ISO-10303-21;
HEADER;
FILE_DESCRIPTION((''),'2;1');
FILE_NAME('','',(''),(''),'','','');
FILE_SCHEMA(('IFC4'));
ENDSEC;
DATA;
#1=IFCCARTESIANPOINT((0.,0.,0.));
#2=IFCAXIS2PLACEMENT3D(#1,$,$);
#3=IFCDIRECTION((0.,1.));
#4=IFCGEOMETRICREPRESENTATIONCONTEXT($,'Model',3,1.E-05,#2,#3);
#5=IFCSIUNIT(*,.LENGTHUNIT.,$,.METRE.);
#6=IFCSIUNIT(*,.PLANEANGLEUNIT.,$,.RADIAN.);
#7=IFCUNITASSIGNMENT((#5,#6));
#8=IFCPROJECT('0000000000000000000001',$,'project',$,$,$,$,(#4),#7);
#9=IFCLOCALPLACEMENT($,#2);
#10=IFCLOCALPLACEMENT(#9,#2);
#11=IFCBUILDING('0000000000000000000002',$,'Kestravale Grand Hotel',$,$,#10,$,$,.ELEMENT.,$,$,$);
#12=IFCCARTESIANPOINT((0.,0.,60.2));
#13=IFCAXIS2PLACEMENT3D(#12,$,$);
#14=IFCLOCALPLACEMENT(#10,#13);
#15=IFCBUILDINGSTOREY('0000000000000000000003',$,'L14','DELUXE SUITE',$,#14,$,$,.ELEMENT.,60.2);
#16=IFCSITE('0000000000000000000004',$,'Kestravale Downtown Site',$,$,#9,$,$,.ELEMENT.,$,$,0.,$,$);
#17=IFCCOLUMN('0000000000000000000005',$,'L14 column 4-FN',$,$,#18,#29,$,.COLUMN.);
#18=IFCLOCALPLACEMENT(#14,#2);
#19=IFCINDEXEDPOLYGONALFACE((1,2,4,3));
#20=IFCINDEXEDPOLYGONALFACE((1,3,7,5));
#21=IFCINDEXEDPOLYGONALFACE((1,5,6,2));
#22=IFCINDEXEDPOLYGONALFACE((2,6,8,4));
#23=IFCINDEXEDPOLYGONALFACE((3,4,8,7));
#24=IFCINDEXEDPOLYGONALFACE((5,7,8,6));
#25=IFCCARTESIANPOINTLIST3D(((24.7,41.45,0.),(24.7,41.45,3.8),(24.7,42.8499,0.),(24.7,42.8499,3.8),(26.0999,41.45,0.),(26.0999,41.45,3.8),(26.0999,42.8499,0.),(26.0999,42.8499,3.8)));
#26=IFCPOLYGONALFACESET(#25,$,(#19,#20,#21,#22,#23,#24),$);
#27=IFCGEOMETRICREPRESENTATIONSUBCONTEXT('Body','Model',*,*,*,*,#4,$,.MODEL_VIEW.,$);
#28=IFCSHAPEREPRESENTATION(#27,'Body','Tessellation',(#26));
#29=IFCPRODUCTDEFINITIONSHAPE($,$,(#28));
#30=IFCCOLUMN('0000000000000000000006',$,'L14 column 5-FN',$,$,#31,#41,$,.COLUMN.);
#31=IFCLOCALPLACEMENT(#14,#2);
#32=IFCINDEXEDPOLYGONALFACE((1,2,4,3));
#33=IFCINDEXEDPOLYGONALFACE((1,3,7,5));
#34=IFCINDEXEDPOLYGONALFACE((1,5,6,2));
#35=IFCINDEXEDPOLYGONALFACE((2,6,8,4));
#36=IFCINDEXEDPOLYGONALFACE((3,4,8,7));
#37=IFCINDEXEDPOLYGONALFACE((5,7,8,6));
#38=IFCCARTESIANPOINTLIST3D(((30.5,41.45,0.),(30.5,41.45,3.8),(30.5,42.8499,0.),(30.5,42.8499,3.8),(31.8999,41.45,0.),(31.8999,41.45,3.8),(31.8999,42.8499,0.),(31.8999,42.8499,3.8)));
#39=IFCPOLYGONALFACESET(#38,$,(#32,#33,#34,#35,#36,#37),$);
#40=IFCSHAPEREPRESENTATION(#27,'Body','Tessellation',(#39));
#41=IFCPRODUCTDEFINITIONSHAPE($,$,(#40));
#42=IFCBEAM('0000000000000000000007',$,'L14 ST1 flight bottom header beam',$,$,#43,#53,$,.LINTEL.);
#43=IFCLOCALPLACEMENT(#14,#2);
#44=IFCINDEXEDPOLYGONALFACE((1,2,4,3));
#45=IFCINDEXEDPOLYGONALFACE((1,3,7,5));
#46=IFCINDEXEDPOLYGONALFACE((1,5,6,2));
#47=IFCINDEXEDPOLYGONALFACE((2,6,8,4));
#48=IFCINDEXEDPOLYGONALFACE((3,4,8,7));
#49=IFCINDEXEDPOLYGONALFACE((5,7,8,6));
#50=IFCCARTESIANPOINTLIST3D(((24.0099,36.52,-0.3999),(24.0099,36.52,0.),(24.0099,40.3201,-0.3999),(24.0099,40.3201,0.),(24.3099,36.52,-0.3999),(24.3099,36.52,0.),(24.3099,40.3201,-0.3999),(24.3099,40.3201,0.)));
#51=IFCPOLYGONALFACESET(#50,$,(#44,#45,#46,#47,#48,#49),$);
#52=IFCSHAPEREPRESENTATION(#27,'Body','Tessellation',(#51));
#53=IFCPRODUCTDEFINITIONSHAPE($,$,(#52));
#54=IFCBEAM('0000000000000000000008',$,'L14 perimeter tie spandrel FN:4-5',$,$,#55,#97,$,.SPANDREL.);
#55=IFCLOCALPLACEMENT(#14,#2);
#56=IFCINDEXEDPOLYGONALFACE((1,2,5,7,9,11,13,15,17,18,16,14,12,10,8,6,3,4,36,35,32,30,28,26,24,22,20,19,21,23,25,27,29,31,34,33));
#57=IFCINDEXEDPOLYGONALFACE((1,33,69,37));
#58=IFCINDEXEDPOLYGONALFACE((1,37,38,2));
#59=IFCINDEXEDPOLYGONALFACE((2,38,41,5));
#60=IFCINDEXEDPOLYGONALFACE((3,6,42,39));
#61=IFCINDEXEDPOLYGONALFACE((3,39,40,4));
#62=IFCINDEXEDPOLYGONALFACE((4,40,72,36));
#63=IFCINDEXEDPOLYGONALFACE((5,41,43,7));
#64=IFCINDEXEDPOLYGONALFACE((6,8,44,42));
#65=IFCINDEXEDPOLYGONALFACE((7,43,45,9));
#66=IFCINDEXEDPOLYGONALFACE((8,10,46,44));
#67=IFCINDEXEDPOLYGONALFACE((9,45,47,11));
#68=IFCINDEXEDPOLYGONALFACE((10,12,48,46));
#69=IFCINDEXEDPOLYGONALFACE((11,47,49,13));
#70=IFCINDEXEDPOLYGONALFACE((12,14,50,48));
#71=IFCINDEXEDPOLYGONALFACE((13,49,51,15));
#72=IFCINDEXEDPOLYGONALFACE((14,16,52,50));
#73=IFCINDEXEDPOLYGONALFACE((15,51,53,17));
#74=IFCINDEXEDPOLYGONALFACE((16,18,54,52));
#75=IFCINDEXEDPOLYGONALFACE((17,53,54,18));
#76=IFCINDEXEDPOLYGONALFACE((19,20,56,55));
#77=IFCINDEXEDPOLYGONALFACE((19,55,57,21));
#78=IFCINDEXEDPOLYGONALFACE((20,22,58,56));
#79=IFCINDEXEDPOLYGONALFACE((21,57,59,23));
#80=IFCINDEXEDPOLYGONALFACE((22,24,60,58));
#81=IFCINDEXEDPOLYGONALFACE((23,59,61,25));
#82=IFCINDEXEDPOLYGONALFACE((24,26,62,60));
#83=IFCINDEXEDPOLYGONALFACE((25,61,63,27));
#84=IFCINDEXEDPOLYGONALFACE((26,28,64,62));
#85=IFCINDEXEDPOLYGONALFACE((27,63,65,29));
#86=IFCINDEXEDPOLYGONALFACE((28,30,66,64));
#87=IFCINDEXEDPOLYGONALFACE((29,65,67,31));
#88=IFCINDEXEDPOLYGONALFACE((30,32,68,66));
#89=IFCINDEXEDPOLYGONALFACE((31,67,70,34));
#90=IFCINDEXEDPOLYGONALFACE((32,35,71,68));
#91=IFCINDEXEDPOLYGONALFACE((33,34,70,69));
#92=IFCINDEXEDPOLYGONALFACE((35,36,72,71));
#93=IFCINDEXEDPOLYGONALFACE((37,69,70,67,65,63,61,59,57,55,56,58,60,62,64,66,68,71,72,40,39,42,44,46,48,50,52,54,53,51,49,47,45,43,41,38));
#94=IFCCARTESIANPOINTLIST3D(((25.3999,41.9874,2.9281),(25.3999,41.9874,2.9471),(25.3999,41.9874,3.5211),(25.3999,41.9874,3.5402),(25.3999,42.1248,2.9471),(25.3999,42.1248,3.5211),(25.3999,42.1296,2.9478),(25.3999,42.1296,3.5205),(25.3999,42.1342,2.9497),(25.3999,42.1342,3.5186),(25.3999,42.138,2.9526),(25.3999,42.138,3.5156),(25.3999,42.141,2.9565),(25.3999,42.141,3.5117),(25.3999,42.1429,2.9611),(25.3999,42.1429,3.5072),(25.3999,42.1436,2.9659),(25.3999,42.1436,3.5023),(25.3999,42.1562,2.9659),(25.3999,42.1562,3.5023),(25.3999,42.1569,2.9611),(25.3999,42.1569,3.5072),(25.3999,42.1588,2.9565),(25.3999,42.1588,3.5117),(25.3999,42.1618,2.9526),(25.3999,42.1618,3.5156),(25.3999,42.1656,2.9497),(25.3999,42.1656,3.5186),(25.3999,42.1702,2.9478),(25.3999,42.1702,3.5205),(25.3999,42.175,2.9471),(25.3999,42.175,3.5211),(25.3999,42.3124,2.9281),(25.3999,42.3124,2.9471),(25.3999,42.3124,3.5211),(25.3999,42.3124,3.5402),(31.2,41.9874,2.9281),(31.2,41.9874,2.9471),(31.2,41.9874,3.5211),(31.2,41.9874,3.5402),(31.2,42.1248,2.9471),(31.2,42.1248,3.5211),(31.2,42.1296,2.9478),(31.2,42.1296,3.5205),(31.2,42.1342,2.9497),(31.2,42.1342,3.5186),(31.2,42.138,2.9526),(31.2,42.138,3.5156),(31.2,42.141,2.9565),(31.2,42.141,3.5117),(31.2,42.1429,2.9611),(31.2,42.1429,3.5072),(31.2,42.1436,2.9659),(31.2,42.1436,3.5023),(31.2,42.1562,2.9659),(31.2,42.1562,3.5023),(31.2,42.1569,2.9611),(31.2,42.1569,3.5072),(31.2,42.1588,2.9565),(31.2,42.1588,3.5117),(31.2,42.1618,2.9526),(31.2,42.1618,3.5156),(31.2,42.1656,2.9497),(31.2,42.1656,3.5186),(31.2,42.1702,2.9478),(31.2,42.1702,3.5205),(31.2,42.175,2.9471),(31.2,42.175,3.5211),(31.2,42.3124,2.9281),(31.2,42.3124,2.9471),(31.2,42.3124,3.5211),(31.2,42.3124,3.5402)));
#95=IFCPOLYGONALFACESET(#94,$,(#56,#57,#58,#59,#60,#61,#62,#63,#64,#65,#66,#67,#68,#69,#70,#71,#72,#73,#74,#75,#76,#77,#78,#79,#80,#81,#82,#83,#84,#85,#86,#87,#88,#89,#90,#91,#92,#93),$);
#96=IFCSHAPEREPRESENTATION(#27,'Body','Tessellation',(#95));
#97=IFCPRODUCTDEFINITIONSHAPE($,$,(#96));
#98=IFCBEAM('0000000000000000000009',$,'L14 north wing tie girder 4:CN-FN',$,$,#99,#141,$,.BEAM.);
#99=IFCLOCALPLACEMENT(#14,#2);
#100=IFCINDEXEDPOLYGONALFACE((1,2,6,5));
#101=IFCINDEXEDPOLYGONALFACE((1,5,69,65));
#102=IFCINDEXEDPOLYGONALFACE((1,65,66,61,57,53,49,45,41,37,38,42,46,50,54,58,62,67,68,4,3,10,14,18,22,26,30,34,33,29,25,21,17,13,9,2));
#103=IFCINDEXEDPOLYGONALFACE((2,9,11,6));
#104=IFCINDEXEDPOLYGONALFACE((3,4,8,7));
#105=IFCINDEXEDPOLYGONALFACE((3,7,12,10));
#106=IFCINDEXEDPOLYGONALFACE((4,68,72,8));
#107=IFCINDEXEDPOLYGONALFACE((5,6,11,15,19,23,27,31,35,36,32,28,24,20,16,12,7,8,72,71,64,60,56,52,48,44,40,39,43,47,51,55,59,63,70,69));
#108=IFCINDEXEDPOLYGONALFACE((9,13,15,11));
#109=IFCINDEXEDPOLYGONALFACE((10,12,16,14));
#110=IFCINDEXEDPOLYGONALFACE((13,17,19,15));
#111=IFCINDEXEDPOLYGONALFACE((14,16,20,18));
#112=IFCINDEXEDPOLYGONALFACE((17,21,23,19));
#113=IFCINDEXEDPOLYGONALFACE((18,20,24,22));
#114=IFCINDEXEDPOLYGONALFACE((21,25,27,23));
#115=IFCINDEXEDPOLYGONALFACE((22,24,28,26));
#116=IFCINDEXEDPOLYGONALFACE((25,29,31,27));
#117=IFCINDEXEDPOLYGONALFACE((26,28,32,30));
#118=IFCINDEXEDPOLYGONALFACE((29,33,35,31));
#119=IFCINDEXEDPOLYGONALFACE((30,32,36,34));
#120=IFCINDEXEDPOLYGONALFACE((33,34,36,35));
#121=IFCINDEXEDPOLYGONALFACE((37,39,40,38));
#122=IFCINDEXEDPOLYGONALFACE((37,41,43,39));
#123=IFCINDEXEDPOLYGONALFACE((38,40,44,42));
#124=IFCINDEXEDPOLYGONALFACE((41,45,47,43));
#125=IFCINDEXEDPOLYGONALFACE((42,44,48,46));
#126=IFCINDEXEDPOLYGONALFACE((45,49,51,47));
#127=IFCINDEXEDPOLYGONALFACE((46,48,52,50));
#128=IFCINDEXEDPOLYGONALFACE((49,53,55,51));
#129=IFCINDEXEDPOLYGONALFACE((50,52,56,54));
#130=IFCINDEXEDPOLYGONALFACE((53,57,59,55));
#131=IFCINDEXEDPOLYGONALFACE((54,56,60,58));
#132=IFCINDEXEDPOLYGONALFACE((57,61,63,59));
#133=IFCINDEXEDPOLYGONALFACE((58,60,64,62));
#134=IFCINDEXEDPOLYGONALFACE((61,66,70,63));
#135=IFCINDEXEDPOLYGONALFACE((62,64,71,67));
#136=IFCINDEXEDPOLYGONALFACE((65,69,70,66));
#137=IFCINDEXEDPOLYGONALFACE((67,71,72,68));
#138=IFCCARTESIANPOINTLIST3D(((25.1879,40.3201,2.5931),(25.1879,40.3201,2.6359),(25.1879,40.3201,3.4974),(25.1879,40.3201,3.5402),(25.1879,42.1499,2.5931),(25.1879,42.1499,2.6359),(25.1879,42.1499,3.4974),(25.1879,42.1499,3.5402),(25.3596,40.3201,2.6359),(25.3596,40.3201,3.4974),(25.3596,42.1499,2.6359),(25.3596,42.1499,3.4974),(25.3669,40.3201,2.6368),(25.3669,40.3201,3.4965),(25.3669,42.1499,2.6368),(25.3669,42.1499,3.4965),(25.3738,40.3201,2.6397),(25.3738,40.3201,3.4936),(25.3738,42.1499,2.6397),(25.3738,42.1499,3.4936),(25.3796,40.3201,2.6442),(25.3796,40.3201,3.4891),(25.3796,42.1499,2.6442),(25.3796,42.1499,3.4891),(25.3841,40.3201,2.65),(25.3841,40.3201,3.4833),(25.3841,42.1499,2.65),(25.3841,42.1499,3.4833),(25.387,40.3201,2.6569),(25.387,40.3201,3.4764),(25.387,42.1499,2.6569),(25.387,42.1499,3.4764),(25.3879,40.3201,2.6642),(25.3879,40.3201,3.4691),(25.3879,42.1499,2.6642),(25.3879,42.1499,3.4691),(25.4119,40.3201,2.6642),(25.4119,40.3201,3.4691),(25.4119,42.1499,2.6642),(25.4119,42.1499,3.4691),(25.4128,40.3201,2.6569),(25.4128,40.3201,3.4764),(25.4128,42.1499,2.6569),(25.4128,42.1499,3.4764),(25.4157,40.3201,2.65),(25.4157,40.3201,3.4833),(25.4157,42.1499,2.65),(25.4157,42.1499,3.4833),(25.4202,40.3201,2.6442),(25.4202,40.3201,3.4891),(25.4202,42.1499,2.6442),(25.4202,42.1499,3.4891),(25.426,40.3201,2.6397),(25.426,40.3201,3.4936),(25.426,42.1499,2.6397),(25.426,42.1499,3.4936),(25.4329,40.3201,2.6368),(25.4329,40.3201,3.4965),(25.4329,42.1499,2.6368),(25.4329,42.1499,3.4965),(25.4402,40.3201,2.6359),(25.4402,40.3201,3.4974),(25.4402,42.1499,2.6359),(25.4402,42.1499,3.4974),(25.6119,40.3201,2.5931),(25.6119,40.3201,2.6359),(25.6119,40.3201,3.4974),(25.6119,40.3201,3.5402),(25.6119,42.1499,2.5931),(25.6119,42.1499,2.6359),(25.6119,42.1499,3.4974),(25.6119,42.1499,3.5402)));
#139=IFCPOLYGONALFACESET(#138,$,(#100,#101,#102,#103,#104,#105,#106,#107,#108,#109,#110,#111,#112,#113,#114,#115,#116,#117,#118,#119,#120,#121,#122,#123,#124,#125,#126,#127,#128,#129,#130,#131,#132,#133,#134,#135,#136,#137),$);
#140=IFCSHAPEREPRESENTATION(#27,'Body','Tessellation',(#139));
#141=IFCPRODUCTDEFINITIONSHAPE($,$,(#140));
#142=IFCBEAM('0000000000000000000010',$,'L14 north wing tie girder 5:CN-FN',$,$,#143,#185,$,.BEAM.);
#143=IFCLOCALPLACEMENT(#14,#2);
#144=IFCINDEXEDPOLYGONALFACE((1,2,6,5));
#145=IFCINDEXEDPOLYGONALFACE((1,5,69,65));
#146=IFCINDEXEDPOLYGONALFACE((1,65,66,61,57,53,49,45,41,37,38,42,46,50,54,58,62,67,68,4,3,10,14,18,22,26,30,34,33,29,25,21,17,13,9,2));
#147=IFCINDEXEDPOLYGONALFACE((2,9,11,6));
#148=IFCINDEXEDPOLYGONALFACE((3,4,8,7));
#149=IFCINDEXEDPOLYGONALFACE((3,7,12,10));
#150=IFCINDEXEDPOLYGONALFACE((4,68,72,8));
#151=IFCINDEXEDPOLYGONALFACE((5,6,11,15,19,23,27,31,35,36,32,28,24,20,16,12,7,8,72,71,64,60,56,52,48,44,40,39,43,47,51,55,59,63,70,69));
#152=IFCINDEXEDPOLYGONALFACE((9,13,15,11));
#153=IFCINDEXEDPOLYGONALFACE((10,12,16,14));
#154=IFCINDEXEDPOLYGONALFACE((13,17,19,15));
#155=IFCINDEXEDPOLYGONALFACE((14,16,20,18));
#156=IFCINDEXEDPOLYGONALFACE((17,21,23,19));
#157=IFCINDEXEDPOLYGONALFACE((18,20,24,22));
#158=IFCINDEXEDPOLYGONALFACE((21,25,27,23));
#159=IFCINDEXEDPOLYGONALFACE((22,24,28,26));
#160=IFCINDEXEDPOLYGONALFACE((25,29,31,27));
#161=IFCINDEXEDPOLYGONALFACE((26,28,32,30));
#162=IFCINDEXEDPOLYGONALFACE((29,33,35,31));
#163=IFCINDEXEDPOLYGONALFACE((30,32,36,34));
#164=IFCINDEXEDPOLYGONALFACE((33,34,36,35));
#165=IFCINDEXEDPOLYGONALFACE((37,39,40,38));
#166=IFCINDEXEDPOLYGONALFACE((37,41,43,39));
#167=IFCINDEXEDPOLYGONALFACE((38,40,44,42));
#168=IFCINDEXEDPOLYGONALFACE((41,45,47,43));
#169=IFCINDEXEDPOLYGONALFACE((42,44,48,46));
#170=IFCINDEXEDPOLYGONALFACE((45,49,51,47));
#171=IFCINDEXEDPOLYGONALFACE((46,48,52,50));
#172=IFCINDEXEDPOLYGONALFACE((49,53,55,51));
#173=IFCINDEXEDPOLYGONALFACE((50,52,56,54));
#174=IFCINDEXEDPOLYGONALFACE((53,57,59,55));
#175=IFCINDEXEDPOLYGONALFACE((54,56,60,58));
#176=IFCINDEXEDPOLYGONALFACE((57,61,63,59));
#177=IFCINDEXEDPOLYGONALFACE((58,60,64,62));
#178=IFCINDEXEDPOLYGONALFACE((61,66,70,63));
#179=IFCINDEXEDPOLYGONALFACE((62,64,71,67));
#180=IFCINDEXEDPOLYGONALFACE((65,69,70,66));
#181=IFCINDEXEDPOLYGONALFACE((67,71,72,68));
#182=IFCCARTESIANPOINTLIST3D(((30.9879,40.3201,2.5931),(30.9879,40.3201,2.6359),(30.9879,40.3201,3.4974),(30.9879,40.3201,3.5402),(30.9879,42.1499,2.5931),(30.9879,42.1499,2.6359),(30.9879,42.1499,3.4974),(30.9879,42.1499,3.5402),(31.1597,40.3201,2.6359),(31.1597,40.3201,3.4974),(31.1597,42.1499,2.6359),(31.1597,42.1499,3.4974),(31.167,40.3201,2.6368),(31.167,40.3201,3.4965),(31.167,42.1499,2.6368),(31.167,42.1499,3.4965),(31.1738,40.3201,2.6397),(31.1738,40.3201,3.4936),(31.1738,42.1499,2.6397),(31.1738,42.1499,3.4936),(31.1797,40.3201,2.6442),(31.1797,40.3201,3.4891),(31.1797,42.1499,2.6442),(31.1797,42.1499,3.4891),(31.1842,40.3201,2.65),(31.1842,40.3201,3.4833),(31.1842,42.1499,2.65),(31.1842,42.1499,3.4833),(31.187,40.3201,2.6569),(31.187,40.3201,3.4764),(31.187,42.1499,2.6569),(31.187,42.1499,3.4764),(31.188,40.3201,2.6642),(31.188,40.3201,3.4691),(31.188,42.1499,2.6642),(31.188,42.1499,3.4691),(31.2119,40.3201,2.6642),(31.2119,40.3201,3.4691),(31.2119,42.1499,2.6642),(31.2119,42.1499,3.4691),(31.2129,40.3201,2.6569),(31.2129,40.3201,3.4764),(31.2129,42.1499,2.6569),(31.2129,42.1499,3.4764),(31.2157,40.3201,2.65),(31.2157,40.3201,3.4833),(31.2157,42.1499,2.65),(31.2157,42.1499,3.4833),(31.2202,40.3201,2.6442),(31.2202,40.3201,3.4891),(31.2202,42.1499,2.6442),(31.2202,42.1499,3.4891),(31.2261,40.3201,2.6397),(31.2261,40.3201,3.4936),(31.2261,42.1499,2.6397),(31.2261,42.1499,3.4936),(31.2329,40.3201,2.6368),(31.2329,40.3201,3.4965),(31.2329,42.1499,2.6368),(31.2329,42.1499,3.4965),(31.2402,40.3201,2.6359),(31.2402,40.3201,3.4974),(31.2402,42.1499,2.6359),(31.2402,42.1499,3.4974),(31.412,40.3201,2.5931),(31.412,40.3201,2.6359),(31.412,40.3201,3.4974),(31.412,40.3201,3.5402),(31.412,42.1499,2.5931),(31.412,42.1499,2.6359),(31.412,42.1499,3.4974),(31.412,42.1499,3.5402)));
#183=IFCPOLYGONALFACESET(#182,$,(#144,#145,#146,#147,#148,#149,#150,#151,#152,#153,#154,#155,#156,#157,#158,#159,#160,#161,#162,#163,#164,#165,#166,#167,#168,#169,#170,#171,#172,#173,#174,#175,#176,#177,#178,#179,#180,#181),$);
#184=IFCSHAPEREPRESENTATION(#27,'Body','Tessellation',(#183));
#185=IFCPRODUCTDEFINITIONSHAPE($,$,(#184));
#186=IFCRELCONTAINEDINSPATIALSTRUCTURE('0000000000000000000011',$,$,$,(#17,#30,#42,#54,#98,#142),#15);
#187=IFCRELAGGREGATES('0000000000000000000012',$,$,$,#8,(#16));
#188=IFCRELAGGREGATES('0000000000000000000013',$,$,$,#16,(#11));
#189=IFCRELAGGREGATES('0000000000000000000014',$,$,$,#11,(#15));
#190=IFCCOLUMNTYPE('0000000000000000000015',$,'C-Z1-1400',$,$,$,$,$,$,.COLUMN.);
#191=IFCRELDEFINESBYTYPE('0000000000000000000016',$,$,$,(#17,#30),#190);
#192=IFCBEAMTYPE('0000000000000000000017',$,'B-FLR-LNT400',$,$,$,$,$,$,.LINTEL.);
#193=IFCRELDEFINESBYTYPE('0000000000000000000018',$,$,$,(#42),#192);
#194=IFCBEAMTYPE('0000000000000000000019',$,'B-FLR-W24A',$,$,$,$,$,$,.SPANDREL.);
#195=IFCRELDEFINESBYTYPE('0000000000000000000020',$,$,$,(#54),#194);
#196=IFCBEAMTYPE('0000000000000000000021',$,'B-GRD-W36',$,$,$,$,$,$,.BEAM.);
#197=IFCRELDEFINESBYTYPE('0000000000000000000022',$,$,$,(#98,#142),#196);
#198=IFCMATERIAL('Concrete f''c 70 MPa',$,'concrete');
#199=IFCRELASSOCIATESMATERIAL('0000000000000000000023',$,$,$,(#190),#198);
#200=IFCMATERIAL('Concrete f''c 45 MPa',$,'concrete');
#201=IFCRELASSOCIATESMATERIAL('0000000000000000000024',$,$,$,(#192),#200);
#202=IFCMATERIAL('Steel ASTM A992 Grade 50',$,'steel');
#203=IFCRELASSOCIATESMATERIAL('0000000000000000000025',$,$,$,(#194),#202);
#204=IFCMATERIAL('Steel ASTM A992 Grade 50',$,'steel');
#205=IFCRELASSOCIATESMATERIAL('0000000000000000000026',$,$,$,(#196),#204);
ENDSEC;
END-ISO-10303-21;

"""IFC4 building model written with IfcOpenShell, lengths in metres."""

from ifc_helpers import new_model, si_unit, direction, frame, origin, origin_2d, place, context, subcontext, project, spatial, rectangle, i_section, extrude, material, material_profile, profile_set, type_object, element, save


model = new_model("IFC4")

# Units and contexts
model_context = context("Model", 3, precision=1e-05, world=origin(), true_north=direction((0.0, 1.0)))
body_context = subcontext(model_context, "Body", "Model", "MODEL_VIEW")
ifc_project = project(units=[si_unit("LENGTHUNIT", "METRE"), si_unit("PLANEANGLEUNIT", "RADIAN")], contexts=[model_context])

# Site, building, storey
site_placement = place(None, origin())
site = spatial("IfcSite", under=ifc_project, at=site_placement, Name="Kestravale Downtown Site", CompositionType="ELEMENT", RefElevation=0.0)
building_placement = place(site_placement, origin())
building = spatial("IfcBuilding", under=site, at=building_placement, Name="Kestravale Grand Hotel", CompositionType="ELEMENT")
storey_placement = place(building_placement, frame((0.0, 0.0, 60.2)))
storey = spatial("IfcBuildingStorey", under=building, at=storey_placement, Name="L14", Description="DELUXE SUITE", CompositionType="ELEMENT", Elevation=60.2)

# Columns
ifc_material_1 = material(Name="Concrete f'c 70 MPa", Category="concrete")
ifc_material_profile_1 = material_profile(ifc_material_1, rectangle(XDim=1.3999, YDim=1.3999, at=origin_2d()))
ifc_profile_set_1 = profile_set([ifc_material_profile_1], Name="Concrete f'c 70 MPa")
column_type = type_object("IfcColumnType", Name="C-Z1-1400", PredefinedType="COLUMN", material=ifc_profile_set_1)
for number, where, z_axis, x_axis, name in (
    (1, (25.3999, 42.1499, 0.0), (0.0, 0.0, 1.0), (1.0, 0.0, 0.0), "L14 column 4-FN"),
    (2, (31.2, 42.1499, 0.0), (0.0, 0.0, 1.0), (1.0, 0.0, 0.0), "L14 column 5-FN"),
):
    element("IfcColumn", number, at=place(storey_placement, frame(where, z_axis=z_axis, x_axis=x_axis)), inside=storey, type_object=column_type, Name=name, PredefinedType="COLUMN", context=body_context, shape_type="SweptSolid", body=[
        extrude(rectangle(XDim=1.3999, YDim=1.3999, at=origin_2d()), origin(), (0.0, 0.0, 1.0), 3.8),
    ])

# Beams
ifc_material_2 = material(Name="Concrete f'c 45 MPa", Category="concrete")
ifc_material_profile_2 = material_profile(ifc_material_2, rectangle(XDim=0.3, YDim=0.3999, at=origin_2d()))
ifc_profile_set_2 = profile_set([ifc_material_profile_2], Name="Concrete f'c 45 MPa")
beam_type_1 = type_object("IfcBeamType", Name="B-FLR-LNT400", PredefinedType="LINTEL", material=ifc_profile_set_2)
beam_1_placement = place(storey_placement, frame((24.1599, 36.52, -0.2), z_axis=(0.0, 1.0, 0.0), x_axis=(-1.0, 0.0, 0.0)))
element("IfcBeam", 3, at=beam_1_placement, inside=storey, type_object=beam_type_1, Name="L14 ST1 flight bottom header beam", PredefinedType="LINTEL", context=body_context, shape_type="SweptSolid", body=[
    extrude(rectangle(XDim=0.3, YDim=0.3999, at=origin_2d()), origin(), (0.0, 0.0, 1.0), 3.8),
])
ifc_material_3 = material(Name="Steel ASTM A992 Grade 50", Category="steel")
ifc_material_profile_3 = material_profile(ifc_material_3, i_section(OverallWidth=0.325, OverallDepth=0.6121, WebThickness=0.0127, FlangeThickness=0.019, FilletRadius=0.0188, at=origin_2d()))
ifc_profile_set_3 = profile_set([ifc_material_profile_3], Name="Steel ASTM A992 Grade 50")
beam_type_2 = type_object("IfcBeamType", Name="B-FLR-W24A", PredefinedType="SPANDREL", material=ifc_profile_set_3)
beam_2_placement = place(storey_placement, frame((25.3999, 42.1499, 3.2341), z_axis=(1.0, 0.0, 0.0), x_axis=(0.0, 1.0, 0.0)))
element("IfcBeam", 4, at=beam_2_placement, inside=storey, type_object=beam_type_2, Name="L14 perimeter tie spandrel FN:4-5", PredefinedType="SPANDREL", context=body_context, shape_type="SweptSolid", body=[
    extrude(i_section(OverallWidth=0.325, OverallDepth=0.6121, WebThickness=0.0127, FlangeThickness=0.019, FilletRadius=0.0188, at=origin_2d()), origin(), (0.0, 0.0, 1.0), 5.8),
])
ifc_material_4 = material(Name="Steel ASTM A992 Grade 50", Category="steel")
ifc_material_profile_4 = material_profile(ifc_material_4, i_section(OverallWidth=0.4241, OverallDepth=0.947, WebThickness=0.0239, FlangeThickness=0.0427, FilletRadius=0.0283, at=origin_2d()))
ifc_profile_set_4 = profile_set([ifc_material_profile_4], Name="Steel ASTM A992 Grade 50")
beam_type_3 = type_object("IfcBeamType", Name="B-GRD-W36", PredefinedType="BEAM", material=ifc_profile_set_4)
for number, where, z_axis, x_axis, name in (
    (5, (25.3999, 40.3201, 3.0667), (0.0, 1.0, 0.0), (-1.0, 0.0, 0.0), "L14 north wing tie girder 4:CN-FN"),
    (6, (31.2, 40.3201, 3.0667), (0.0, 1.0, 0.0), (-1.0, 0.0, 0.0), "L14 north wing tie girder 5:CN-FN"),
):
    element("IfcBeam", number, at=place(storey_placement, frame(where, z_axis=z_axis, x_axis=x_axis)), inside=storey, type_object=beam_type_3, Name=name, PredefinedType="BEAM", context=body_context, shape_type="SweptSolid", body=[
        extrude(i_section(OverallWidth=0.4241, OverallDepth=0.947, WebThickness=0.0239, FlangeThickness=0.0427, FilletRadius=0.0283, at=origin_2d()), origin(), (0.0, 0.0, 1.0), 1.8298),
    ])

save(model, "model.ifc")
